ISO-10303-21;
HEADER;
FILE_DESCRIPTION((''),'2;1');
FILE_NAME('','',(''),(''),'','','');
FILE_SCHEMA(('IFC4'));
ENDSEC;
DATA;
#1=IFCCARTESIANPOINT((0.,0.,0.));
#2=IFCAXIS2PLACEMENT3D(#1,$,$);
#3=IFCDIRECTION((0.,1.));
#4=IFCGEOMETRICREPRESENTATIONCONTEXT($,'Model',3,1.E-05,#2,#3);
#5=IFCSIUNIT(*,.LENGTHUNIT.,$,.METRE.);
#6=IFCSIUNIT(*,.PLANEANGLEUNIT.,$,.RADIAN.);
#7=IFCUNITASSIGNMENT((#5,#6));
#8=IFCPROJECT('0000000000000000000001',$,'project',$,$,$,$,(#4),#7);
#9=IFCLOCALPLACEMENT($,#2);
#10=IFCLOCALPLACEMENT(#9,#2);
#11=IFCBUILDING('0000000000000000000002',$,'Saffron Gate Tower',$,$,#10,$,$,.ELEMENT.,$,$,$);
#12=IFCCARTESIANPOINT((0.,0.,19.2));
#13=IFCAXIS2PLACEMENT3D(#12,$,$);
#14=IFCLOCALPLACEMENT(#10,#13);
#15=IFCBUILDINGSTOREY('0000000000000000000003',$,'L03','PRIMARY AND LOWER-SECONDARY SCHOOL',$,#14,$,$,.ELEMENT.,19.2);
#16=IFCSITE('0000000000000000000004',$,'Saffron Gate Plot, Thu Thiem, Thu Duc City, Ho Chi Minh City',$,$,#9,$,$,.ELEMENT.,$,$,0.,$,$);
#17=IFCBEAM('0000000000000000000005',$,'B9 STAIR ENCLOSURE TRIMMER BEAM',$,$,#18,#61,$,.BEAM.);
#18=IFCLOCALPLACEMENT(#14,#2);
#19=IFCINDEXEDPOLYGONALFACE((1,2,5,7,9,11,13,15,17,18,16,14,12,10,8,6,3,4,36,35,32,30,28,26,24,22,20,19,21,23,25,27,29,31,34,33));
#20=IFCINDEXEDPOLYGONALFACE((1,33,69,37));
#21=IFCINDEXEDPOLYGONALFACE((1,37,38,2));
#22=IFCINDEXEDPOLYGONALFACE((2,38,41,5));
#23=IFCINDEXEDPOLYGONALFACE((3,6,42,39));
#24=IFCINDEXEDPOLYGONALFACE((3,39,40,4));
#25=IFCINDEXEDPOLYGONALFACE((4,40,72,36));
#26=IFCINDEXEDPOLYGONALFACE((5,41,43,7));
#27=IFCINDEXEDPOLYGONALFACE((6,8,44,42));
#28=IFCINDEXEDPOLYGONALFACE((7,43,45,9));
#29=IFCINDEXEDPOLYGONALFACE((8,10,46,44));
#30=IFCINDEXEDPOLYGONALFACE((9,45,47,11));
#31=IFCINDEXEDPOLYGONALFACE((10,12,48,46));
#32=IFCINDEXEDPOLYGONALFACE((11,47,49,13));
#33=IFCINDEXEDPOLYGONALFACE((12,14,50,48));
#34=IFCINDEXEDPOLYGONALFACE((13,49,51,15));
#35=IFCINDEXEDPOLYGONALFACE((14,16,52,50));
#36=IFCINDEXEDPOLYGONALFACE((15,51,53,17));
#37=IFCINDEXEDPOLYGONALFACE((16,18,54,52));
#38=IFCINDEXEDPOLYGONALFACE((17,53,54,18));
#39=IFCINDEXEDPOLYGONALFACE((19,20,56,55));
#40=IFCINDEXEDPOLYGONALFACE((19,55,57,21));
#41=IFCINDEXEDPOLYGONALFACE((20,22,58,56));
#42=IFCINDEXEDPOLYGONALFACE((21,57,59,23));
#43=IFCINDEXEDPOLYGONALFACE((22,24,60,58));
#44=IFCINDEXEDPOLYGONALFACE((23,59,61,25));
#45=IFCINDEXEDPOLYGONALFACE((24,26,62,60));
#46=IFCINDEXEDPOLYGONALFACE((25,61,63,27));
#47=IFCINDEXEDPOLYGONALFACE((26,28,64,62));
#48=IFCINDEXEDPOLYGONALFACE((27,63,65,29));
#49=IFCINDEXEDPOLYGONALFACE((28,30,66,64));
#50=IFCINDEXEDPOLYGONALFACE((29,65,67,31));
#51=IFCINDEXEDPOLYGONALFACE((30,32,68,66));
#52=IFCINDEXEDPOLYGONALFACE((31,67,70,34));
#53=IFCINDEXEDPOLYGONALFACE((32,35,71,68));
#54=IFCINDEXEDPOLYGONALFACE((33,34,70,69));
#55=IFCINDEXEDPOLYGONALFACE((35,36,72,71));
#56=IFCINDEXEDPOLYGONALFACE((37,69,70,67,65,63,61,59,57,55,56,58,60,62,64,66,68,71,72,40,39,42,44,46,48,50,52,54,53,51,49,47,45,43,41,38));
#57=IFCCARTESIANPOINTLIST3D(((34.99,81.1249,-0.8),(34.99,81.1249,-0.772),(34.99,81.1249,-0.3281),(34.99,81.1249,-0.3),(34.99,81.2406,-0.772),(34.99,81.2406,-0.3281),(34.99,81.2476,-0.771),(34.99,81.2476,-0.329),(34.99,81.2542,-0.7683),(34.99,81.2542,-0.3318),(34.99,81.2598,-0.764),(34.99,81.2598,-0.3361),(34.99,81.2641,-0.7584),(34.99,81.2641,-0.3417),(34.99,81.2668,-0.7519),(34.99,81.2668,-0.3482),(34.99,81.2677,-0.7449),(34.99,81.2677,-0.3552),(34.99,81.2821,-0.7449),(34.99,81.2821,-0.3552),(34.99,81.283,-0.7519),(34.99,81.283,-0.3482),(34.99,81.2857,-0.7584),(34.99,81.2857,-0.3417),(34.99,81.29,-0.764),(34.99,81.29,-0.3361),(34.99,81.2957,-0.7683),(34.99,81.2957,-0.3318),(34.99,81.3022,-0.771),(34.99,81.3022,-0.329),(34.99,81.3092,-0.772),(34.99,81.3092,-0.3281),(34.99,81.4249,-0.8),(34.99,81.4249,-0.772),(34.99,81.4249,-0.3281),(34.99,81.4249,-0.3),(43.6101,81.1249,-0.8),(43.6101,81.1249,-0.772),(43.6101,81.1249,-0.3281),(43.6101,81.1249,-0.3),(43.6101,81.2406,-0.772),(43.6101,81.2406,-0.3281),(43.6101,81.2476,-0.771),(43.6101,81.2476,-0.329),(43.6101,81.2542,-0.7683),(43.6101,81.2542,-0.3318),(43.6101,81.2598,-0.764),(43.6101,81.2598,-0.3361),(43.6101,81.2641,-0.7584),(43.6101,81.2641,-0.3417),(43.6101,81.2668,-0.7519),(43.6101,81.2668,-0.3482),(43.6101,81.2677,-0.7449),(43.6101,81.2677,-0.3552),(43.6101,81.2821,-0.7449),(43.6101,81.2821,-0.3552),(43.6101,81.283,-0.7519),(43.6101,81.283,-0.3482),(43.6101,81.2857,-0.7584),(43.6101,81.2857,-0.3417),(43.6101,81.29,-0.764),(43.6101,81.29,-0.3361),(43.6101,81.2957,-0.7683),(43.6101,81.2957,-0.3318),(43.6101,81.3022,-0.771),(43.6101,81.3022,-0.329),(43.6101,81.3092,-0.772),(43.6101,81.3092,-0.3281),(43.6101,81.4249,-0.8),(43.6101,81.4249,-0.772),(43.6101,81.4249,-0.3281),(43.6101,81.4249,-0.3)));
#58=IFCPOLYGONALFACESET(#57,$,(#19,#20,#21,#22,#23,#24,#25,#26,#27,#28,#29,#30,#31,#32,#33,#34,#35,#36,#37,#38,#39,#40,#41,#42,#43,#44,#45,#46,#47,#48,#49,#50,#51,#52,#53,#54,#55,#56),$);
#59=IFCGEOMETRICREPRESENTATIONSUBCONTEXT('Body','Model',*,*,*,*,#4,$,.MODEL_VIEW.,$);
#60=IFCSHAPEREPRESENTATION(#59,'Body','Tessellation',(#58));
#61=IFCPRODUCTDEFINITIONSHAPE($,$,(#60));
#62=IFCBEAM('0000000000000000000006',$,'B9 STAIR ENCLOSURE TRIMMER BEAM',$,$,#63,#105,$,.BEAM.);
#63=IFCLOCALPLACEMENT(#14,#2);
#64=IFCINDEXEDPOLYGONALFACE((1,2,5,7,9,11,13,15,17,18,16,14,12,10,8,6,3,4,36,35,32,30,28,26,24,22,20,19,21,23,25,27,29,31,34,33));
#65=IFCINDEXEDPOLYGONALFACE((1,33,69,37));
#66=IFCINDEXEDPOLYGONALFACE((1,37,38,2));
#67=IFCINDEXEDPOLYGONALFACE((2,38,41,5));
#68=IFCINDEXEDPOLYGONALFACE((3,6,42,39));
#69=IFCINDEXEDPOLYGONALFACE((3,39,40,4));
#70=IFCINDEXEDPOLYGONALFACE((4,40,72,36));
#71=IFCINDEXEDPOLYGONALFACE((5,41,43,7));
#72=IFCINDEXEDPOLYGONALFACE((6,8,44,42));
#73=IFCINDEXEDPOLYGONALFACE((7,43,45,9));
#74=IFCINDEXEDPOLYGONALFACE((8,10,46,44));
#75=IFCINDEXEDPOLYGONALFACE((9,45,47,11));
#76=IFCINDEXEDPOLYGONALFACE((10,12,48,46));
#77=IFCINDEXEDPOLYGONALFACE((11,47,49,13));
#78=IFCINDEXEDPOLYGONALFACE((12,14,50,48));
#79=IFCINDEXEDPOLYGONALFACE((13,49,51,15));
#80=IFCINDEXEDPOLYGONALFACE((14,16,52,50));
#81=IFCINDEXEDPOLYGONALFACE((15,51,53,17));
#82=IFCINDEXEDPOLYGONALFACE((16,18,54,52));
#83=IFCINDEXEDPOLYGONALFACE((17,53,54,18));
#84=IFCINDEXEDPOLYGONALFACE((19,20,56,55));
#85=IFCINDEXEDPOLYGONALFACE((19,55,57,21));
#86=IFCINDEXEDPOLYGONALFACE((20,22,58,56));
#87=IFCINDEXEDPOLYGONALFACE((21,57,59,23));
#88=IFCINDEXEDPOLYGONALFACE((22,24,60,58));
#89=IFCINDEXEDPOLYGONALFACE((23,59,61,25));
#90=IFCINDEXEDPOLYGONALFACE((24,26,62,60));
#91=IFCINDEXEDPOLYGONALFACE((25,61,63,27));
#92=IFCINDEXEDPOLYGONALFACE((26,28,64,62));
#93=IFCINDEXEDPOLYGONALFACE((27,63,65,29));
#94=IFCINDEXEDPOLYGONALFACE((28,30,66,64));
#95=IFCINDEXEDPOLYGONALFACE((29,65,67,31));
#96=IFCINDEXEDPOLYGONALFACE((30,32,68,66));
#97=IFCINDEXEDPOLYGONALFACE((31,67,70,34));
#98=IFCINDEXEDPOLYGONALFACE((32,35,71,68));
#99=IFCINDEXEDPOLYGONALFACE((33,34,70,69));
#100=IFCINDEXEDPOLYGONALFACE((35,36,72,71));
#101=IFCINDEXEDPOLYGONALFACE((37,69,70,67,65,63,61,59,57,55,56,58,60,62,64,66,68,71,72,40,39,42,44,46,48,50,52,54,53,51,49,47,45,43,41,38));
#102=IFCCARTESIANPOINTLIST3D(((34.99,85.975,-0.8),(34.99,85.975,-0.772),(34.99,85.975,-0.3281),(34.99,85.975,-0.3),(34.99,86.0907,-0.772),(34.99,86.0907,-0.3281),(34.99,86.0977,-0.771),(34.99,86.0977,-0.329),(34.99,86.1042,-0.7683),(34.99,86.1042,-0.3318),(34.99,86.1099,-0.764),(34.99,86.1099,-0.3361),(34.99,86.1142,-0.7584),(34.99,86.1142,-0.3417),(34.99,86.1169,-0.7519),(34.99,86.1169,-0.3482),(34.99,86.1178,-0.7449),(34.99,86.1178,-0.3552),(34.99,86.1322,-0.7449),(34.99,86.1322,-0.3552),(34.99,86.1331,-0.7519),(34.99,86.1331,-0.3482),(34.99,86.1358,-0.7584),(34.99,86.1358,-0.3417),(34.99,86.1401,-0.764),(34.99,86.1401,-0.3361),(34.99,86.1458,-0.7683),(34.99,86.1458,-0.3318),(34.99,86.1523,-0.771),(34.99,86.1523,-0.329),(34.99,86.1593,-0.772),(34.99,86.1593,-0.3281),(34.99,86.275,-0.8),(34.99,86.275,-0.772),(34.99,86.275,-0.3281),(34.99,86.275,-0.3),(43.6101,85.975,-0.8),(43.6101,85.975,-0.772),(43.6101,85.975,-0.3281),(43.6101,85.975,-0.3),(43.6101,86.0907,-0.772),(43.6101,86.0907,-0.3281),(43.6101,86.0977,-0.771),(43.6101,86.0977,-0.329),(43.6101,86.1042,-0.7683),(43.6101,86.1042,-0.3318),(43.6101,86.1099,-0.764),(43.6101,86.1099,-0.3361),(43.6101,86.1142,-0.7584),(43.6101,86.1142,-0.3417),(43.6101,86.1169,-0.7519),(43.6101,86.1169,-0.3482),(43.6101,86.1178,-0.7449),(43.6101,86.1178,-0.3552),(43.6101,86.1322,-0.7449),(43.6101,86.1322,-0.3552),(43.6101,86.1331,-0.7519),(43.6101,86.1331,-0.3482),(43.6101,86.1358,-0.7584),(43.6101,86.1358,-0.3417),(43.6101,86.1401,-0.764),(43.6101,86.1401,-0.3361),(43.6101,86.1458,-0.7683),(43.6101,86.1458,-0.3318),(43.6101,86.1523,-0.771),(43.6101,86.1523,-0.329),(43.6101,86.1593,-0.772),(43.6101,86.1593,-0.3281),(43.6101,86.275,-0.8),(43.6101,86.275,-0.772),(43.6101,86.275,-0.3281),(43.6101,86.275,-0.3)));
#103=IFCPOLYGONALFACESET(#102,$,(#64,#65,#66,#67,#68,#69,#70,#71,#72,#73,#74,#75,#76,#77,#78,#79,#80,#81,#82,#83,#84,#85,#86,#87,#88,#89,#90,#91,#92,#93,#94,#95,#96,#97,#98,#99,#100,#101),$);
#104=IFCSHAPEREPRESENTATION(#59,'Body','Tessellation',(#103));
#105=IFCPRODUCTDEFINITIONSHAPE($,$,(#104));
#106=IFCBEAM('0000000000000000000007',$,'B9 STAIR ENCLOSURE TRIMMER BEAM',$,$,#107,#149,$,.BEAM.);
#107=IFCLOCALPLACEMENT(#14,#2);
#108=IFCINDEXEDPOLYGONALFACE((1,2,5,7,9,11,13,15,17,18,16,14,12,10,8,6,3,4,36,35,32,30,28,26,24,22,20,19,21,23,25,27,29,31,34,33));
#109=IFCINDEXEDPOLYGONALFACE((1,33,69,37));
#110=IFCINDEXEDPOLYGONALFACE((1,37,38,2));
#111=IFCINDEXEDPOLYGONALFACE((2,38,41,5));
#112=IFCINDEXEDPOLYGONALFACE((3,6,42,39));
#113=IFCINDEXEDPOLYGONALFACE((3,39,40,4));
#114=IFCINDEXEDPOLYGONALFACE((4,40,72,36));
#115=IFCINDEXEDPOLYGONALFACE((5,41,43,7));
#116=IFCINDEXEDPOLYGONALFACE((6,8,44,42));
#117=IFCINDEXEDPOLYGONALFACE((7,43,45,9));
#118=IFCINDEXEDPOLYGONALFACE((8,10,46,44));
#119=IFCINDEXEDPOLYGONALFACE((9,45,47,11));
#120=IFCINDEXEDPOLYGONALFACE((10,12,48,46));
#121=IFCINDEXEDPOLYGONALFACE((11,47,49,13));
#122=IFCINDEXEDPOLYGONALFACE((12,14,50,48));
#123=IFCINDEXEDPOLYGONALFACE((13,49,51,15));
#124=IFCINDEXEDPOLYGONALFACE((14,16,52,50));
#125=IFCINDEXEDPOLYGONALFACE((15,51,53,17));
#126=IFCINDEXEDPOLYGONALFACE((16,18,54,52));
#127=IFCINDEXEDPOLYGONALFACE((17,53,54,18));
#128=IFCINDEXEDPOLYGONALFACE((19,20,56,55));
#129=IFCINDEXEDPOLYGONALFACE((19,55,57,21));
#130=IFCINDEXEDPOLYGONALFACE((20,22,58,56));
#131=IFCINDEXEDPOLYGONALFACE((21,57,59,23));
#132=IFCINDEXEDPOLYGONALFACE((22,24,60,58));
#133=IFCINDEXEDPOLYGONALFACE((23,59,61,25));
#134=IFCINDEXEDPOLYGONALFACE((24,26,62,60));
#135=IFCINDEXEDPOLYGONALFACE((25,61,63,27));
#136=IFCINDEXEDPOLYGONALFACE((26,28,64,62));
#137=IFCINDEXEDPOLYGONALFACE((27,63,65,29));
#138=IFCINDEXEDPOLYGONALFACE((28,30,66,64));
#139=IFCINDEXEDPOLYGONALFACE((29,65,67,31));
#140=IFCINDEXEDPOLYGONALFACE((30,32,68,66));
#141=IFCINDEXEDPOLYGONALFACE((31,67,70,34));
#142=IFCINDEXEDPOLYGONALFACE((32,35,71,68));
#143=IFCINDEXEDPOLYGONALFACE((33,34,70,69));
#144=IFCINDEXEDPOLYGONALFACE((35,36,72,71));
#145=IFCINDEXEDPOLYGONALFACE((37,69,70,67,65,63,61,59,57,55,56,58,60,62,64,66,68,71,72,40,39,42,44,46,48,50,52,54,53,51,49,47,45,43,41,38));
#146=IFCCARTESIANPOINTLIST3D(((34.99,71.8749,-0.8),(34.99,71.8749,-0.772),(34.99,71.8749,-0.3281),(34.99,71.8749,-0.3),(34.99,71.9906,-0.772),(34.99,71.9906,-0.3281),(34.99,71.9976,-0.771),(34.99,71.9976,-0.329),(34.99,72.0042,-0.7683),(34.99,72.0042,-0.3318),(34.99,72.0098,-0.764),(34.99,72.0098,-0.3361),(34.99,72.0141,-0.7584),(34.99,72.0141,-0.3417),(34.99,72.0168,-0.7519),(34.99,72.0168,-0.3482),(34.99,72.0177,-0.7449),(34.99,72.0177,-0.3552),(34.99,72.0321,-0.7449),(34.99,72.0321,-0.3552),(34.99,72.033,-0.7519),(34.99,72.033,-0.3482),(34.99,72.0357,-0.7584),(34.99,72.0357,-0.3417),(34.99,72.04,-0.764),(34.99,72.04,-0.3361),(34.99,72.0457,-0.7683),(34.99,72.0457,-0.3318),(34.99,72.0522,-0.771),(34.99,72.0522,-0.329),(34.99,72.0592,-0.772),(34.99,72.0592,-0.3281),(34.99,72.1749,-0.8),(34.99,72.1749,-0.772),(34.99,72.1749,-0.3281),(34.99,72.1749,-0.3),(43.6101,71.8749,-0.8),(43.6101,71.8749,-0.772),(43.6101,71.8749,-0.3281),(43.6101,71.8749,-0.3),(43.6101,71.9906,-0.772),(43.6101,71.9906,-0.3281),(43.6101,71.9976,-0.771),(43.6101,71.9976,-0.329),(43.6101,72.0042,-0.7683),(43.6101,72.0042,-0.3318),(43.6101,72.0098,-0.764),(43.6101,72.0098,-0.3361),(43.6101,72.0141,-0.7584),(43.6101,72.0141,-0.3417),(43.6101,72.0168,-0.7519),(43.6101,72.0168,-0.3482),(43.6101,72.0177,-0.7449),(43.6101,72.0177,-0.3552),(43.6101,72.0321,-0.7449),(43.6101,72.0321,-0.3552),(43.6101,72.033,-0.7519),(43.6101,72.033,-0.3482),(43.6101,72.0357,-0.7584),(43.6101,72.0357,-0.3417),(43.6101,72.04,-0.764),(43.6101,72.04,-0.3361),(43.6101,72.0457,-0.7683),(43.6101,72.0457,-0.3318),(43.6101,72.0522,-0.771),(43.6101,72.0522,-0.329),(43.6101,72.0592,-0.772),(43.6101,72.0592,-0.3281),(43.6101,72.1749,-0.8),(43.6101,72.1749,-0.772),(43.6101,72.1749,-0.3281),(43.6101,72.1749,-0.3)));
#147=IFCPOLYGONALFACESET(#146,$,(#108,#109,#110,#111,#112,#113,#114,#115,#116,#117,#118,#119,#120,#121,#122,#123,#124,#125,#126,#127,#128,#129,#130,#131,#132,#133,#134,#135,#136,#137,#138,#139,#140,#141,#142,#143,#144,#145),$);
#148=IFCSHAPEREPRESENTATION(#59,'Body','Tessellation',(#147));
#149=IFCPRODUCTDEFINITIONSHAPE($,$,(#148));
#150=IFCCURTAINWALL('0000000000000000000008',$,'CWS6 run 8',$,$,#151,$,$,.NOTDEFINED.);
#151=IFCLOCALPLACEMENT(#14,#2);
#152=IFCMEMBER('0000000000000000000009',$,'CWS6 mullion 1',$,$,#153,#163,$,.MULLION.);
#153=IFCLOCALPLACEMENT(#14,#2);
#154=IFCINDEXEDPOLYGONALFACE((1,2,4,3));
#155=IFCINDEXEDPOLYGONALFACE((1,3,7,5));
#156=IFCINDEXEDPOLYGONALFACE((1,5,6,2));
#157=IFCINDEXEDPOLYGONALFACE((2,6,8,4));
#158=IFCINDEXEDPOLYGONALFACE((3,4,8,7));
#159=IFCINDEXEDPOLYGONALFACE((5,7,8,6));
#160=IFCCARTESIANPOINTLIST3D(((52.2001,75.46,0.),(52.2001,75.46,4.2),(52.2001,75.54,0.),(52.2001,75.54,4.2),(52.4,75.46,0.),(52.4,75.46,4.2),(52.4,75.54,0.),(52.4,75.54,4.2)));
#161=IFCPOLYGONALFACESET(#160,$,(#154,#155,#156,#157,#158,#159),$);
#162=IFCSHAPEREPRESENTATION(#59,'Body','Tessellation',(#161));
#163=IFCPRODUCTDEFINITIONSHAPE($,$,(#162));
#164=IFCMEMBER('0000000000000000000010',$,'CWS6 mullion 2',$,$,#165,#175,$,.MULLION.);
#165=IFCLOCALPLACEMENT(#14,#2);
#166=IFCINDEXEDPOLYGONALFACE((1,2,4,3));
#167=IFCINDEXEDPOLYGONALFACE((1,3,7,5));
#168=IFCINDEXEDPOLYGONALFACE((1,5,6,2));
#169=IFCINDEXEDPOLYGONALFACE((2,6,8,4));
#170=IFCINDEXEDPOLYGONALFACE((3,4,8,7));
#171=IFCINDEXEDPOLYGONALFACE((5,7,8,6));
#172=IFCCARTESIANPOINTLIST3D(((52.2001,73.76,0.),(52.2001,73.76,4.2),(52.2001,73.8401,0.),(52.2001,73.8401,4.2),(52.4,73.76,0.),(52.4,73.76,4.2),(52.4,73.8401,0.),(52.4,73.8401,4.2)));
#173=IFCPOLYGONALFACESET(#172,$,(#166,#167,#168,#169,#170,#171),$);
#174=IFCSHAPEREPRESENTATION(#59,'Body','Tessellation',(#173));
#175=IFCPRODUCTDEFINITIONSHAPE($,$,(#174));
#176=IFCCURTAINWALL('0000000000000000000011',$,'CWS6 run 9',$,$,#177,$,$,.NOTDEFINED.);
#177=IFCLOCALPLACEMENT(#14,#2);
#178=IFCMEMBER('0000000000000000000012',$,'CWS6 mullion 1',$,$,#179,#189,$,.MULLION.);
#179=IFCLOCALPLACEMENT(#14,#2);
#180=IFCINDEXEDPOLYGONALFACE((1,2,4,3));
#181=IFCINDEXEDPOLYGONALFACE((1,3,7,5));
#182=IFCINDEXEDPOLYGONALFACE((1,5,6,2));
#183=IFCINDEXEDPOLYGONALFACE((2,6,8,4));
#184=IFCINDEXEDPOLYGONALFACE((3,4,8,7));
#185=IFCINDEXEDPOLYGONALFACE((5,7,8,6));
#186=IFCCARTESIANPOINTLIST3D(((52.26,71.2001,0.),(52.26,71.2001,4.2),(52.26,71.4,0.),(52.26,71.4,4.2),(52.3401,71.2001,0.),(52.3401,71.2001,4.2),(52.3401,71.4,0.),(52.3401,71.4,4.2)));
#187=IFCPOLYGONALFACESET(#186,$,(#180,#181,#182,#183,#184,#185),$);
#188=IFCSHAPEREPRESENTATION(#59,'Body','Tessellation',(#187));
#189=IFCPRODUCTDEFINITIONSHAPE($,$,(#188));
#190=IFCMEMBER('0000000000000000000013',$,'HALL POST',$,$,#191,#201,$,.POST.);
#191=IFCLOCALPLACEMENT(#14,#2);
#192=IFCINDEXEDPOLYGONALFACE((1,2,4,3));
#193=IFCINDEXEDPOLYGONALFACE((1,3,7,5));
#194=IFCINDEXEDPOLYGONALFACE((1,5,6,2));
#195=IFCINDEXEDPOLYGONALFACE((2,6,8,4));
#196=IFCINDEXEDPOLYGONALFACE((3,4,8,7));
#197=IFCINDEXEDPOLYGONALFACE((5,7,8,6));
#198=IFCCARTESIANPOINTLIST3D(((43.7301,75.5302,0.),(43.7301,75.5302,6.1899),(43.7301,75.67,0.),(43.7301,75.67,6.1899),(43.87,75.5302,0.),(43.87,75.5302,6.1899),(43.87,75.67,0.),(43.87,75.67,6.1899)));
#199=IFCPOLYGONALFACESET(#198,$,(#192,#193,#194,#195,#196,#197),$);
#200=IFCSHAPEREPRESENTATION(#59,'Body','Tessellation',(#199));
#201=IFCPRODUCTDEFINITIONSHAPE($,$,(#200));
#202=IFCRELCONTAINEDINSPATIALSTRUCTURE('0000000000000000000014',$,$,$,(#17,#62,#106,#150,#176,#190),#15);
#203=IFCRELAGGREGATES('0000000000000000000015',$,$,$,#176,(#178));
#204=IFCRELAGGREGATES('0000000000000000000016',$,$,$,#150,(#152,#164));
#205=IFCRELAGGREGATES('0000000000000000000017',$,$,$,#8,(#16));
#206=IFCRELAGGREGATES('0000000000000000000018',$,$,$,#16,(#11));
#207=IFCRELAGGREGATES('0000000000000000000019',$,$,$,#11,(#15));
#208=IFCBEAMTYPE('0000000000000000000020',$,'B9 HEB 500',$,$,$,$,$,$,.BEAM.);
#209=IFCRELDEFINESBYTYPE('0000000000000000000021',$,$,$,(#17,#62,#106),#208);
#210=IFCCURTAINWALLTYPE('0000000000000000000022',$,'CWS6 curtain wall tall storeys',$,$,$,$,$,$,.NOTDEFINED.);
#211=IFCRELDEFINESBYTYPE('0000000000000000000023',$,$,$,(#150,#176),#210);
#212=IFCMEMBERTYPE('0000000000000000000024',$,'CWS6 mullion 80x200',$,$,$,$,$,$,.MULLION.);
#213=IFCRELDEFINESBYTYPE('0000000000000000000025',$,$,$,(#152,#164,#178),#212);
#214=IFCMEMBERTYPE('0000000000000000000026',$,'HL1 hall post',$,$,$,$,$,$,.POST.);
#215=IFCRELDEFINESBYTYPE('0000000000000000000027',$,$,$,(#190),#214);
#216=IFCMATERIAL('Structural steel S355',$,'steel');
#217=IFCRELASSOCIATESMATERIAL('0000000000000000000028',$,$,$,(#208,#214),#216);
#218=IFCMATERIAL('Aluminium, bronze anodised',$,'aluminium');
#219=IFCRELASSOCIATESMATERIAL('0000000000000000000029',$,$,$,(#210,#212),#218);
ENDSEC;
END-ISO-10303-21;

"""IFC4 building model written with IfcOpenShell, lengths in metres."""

from ifc_helpers import new_model, si_unit, direction, frame, origin, origin_2d, place, context, subcontext, project, spatial, rectangle, i_section, extrude, material, material_profile, profile_set, type_object, element, aggregate, save


model = new_model("IFC4")

# Units and contexts
model_context = context("Model", 3, precision=1e-05, world=origin(), true_north=direction((0.0, 1.0)))
body_context = subcontext(model_context, "Body", "Model", "MODEL_VIEW")
ifc_project = project(units=[si_unit("LENGTHUNIT", "METRE"), si_unit("PLANEANGLEUNIT", "RADIAN")], contexts=[model_context])

# Site, building, storey
site_placement = place(None, origin())
site = spatial("IfcSite", under=ifc_project, at=site_placement, Name="Saffron Gate Plot, Thu Thiem, Thu Duc City, Ho Chi Minh City", CompositionType="ELEMENT", RefElevation=0.0)
building_placement = place(site_placement, origin())
building = spatial("IfcBuilding", under=site, at=building_placement, Name="Saffron Gate Tower", CompositionType="ELEMENT")
storey_placement = place(building_placement, frame((0.0, 0.0, 19.2)))
storey = spatial("IfcBuildingStorey", under=building, at=storey_placement, Name="L03", Description="PRIMARY AND LOWER-SECONDARY SCHOOL", CompositionType="ELEMENT", Elevation=19.2)

# Beams
ifc_material_1 = material(Name="Structural steel S355", Category="steel")
ifc_material_profile_1 = material_profile(ifc_material_1, i_section(OverallWidth=0.3, OverallDepth=0.5, WebThickness=0.0144, FlangeThickness=0.0281, FilletRadius=0.0271, at=origin_2d()))
ifc_profile_set_1 = profile_set([ifc_material_profile_1], Name="Structural steel S355")
beam_type_1 = type_object("IfcBeamType", Name="B9 HEB 500", PredefinedType="BEAM", material=ifc_profile_set_1)
for number, where, z_axis, x_axis, name in (
    (1, (34.99, 81.2749, -0.55), (1.0, 0.0, 0.0), (0.0, 1.0, 0.0), "B9 STAIR ENCLOSURE TRIMMER BEAM"),
    (2, (34.99, 86.125, -0.55), (1.0, 0.0, 0.0), (0.0, 1.0, 0.0), "B9 STAIR ENCLOSURE TRIMMER BEAM"),
    (3, (34.99, 72.0249, -0.55), (1.0, 0.0, 0.0), (0.0, 1.0, 0.0), "B9 STAIR ENCLOSURE TRIMMER BEAM"),
):
    element("IfcBeam", number, at=place(storey_placement, frame(where, z_axis=z_axis, x_axis=x_axis)), inside=storey, type_object=beam_type_1, Name=name, PredefinedType="BEAM", context=body_context, shape_type="SweptSolid", body=[
        extrude(i_section(OverallWidth=0.3, OverallDepth=0.5, WebThickness=0.0144, FlangeThickness=0.0281, FilletRadius=0.0271, at=origin_2d()), origin(), (0.0, 0.0, 1.0), 8.6201),
    ])

# Curtain wall, members
ifc_material_2 = material(Name="Aluminium, bronze anodised", Category="aluminium")
curtain_wall_type = type_object("IfcCurtainWallType", Name="CWS6 curtain wall tall storeys", PredefinedType="NOTDEFINED", material=ifc_material_2)
curtain_wall_1_placement = place(storey_placement, origin())
curtain_wall_1 = element("IfcCurtainWall", 4, at=curtain_wall_1_placement, inside=storey, type_object=curtain_wall_type, Name="CWS6 run 8", PredefinedType="NOTDEFINED")
ifc_material_profile_2 = material_profile(ifc_material_2, rectangle(XDim=0.2, YDim=0.0801, at=origin_2d()))
ifc_profile_set_2 = profile_set([ifc_material_profile_2], Name="Aluminium, bronze anodised")
member_type_1 = type_object("IfcMemberType", Name="CWS6 mullion 80x200", PredefinedType="MULLION", material=ifc_profile_set_2)
member_1_placement = place(storey_placement, frame((52.3, 75.5, 0.0), z_axis=(0.0, 0.0, 1.0), x_axis=(1.0, 0.0, 0.0)))
member_1 = element("IfcMember", 5, at=member_1_placement, type_object=member_type_1, Name="CWS6 mullion 1", PredefinedType="MULLION", context=body_context, shape_type="SweptSolid", body=[
    extrude(rectangle(XDim=0.2, YDim=0.0801, at=origin_2d()), origin(), (0.0, 0.0, 1.0), 4.2),
])
member_2_placement = place(storey_placement, frame((52.3, 73.8, 0.0), z_axis=(0.0, 0.0, 1.0), x_axis=(1.0, 0.0, 0.0)))
member_2 = element("IfcMember", 6, at=member_2_placement, type_object=member_type_1, Name="CWS6 mullion 2", PredefinedType="MULLION", context=body_context, shape_type="SweptSolid", body=[
    extrude(rectangle(XDim=0.2, YDim=0.0801, at=origin_2d()), origin(), (0.0, 0.0, 1.0), 4.2),
])

# Curtain wall, member
curtain_wall_2_placement = place(storey_placement, origin())
curtain_wall_2 = element("IfcCurtainWall", 7, at=curtain_wall_2_placement, inside=storey, type_object=curtain_wall_type, Name="CWS6 run 9", PredefinedType="NOTDEFINED")
member_3_placement = place(storey_placement, frame((52.3, 71.3, 0.0), z_axis=(0.0, 0.0, 1.0), x_axis=(0.0, -1.0, 0.0)))
member_3 = element("IfcMember", 8, at=member_3_placement, type_object=member_type_1, Name="CWS6 mullion 1", PredefinedType="MULLION", context=body_context, shape_type="SweptSolid", body=[
    extrude(rectangle(XDim=0.2, YDim=0.0801, at=origin_2d()), origin(), (0.0, 0.0, 1.0), 4.2),
])
aggregate(curtain_wall_2, [member_3])

# Member
ifc_material_profile_3 = material_profile(ifc_material_1, rectangle(XDim=0.1399, YDim=0.1399, at=origin_2d()))
ifc_profile_set_3 = profile_set([ifc_material_profile_3], Name="Structural steel S355")
member_type_2 = type_object("IfcMemberType", Name="HL1 hall post", PredefinedType="POST", material=ifc_profile_set_3)
for number, where, z_axis, x_axis, name in (
    (9, (43.8, 75.6001, 0.0), (0.0, 0.0, 1.0), (1.0, 0.0, 0.0), "HALL POST"),
):
    element("IfcMember", number, at=place(storey_placement, frame(where, z_axis=z_axis, x_axis=x_axis)), inside=storey, type_object=member_type_2, Name=name, PredefinedType="POST", context=body_context, shape_type="SweptSolid", body=[
        extrude(rectangle(XDim=0.1399, YDim=0.1399, at=origin_2d()), origin(), (0.0, 0.0, 1.0), 6.1899),
    ])

aggregate(curtain_wall_1, [member_1, member_2])

save(model, "model.ifc")
